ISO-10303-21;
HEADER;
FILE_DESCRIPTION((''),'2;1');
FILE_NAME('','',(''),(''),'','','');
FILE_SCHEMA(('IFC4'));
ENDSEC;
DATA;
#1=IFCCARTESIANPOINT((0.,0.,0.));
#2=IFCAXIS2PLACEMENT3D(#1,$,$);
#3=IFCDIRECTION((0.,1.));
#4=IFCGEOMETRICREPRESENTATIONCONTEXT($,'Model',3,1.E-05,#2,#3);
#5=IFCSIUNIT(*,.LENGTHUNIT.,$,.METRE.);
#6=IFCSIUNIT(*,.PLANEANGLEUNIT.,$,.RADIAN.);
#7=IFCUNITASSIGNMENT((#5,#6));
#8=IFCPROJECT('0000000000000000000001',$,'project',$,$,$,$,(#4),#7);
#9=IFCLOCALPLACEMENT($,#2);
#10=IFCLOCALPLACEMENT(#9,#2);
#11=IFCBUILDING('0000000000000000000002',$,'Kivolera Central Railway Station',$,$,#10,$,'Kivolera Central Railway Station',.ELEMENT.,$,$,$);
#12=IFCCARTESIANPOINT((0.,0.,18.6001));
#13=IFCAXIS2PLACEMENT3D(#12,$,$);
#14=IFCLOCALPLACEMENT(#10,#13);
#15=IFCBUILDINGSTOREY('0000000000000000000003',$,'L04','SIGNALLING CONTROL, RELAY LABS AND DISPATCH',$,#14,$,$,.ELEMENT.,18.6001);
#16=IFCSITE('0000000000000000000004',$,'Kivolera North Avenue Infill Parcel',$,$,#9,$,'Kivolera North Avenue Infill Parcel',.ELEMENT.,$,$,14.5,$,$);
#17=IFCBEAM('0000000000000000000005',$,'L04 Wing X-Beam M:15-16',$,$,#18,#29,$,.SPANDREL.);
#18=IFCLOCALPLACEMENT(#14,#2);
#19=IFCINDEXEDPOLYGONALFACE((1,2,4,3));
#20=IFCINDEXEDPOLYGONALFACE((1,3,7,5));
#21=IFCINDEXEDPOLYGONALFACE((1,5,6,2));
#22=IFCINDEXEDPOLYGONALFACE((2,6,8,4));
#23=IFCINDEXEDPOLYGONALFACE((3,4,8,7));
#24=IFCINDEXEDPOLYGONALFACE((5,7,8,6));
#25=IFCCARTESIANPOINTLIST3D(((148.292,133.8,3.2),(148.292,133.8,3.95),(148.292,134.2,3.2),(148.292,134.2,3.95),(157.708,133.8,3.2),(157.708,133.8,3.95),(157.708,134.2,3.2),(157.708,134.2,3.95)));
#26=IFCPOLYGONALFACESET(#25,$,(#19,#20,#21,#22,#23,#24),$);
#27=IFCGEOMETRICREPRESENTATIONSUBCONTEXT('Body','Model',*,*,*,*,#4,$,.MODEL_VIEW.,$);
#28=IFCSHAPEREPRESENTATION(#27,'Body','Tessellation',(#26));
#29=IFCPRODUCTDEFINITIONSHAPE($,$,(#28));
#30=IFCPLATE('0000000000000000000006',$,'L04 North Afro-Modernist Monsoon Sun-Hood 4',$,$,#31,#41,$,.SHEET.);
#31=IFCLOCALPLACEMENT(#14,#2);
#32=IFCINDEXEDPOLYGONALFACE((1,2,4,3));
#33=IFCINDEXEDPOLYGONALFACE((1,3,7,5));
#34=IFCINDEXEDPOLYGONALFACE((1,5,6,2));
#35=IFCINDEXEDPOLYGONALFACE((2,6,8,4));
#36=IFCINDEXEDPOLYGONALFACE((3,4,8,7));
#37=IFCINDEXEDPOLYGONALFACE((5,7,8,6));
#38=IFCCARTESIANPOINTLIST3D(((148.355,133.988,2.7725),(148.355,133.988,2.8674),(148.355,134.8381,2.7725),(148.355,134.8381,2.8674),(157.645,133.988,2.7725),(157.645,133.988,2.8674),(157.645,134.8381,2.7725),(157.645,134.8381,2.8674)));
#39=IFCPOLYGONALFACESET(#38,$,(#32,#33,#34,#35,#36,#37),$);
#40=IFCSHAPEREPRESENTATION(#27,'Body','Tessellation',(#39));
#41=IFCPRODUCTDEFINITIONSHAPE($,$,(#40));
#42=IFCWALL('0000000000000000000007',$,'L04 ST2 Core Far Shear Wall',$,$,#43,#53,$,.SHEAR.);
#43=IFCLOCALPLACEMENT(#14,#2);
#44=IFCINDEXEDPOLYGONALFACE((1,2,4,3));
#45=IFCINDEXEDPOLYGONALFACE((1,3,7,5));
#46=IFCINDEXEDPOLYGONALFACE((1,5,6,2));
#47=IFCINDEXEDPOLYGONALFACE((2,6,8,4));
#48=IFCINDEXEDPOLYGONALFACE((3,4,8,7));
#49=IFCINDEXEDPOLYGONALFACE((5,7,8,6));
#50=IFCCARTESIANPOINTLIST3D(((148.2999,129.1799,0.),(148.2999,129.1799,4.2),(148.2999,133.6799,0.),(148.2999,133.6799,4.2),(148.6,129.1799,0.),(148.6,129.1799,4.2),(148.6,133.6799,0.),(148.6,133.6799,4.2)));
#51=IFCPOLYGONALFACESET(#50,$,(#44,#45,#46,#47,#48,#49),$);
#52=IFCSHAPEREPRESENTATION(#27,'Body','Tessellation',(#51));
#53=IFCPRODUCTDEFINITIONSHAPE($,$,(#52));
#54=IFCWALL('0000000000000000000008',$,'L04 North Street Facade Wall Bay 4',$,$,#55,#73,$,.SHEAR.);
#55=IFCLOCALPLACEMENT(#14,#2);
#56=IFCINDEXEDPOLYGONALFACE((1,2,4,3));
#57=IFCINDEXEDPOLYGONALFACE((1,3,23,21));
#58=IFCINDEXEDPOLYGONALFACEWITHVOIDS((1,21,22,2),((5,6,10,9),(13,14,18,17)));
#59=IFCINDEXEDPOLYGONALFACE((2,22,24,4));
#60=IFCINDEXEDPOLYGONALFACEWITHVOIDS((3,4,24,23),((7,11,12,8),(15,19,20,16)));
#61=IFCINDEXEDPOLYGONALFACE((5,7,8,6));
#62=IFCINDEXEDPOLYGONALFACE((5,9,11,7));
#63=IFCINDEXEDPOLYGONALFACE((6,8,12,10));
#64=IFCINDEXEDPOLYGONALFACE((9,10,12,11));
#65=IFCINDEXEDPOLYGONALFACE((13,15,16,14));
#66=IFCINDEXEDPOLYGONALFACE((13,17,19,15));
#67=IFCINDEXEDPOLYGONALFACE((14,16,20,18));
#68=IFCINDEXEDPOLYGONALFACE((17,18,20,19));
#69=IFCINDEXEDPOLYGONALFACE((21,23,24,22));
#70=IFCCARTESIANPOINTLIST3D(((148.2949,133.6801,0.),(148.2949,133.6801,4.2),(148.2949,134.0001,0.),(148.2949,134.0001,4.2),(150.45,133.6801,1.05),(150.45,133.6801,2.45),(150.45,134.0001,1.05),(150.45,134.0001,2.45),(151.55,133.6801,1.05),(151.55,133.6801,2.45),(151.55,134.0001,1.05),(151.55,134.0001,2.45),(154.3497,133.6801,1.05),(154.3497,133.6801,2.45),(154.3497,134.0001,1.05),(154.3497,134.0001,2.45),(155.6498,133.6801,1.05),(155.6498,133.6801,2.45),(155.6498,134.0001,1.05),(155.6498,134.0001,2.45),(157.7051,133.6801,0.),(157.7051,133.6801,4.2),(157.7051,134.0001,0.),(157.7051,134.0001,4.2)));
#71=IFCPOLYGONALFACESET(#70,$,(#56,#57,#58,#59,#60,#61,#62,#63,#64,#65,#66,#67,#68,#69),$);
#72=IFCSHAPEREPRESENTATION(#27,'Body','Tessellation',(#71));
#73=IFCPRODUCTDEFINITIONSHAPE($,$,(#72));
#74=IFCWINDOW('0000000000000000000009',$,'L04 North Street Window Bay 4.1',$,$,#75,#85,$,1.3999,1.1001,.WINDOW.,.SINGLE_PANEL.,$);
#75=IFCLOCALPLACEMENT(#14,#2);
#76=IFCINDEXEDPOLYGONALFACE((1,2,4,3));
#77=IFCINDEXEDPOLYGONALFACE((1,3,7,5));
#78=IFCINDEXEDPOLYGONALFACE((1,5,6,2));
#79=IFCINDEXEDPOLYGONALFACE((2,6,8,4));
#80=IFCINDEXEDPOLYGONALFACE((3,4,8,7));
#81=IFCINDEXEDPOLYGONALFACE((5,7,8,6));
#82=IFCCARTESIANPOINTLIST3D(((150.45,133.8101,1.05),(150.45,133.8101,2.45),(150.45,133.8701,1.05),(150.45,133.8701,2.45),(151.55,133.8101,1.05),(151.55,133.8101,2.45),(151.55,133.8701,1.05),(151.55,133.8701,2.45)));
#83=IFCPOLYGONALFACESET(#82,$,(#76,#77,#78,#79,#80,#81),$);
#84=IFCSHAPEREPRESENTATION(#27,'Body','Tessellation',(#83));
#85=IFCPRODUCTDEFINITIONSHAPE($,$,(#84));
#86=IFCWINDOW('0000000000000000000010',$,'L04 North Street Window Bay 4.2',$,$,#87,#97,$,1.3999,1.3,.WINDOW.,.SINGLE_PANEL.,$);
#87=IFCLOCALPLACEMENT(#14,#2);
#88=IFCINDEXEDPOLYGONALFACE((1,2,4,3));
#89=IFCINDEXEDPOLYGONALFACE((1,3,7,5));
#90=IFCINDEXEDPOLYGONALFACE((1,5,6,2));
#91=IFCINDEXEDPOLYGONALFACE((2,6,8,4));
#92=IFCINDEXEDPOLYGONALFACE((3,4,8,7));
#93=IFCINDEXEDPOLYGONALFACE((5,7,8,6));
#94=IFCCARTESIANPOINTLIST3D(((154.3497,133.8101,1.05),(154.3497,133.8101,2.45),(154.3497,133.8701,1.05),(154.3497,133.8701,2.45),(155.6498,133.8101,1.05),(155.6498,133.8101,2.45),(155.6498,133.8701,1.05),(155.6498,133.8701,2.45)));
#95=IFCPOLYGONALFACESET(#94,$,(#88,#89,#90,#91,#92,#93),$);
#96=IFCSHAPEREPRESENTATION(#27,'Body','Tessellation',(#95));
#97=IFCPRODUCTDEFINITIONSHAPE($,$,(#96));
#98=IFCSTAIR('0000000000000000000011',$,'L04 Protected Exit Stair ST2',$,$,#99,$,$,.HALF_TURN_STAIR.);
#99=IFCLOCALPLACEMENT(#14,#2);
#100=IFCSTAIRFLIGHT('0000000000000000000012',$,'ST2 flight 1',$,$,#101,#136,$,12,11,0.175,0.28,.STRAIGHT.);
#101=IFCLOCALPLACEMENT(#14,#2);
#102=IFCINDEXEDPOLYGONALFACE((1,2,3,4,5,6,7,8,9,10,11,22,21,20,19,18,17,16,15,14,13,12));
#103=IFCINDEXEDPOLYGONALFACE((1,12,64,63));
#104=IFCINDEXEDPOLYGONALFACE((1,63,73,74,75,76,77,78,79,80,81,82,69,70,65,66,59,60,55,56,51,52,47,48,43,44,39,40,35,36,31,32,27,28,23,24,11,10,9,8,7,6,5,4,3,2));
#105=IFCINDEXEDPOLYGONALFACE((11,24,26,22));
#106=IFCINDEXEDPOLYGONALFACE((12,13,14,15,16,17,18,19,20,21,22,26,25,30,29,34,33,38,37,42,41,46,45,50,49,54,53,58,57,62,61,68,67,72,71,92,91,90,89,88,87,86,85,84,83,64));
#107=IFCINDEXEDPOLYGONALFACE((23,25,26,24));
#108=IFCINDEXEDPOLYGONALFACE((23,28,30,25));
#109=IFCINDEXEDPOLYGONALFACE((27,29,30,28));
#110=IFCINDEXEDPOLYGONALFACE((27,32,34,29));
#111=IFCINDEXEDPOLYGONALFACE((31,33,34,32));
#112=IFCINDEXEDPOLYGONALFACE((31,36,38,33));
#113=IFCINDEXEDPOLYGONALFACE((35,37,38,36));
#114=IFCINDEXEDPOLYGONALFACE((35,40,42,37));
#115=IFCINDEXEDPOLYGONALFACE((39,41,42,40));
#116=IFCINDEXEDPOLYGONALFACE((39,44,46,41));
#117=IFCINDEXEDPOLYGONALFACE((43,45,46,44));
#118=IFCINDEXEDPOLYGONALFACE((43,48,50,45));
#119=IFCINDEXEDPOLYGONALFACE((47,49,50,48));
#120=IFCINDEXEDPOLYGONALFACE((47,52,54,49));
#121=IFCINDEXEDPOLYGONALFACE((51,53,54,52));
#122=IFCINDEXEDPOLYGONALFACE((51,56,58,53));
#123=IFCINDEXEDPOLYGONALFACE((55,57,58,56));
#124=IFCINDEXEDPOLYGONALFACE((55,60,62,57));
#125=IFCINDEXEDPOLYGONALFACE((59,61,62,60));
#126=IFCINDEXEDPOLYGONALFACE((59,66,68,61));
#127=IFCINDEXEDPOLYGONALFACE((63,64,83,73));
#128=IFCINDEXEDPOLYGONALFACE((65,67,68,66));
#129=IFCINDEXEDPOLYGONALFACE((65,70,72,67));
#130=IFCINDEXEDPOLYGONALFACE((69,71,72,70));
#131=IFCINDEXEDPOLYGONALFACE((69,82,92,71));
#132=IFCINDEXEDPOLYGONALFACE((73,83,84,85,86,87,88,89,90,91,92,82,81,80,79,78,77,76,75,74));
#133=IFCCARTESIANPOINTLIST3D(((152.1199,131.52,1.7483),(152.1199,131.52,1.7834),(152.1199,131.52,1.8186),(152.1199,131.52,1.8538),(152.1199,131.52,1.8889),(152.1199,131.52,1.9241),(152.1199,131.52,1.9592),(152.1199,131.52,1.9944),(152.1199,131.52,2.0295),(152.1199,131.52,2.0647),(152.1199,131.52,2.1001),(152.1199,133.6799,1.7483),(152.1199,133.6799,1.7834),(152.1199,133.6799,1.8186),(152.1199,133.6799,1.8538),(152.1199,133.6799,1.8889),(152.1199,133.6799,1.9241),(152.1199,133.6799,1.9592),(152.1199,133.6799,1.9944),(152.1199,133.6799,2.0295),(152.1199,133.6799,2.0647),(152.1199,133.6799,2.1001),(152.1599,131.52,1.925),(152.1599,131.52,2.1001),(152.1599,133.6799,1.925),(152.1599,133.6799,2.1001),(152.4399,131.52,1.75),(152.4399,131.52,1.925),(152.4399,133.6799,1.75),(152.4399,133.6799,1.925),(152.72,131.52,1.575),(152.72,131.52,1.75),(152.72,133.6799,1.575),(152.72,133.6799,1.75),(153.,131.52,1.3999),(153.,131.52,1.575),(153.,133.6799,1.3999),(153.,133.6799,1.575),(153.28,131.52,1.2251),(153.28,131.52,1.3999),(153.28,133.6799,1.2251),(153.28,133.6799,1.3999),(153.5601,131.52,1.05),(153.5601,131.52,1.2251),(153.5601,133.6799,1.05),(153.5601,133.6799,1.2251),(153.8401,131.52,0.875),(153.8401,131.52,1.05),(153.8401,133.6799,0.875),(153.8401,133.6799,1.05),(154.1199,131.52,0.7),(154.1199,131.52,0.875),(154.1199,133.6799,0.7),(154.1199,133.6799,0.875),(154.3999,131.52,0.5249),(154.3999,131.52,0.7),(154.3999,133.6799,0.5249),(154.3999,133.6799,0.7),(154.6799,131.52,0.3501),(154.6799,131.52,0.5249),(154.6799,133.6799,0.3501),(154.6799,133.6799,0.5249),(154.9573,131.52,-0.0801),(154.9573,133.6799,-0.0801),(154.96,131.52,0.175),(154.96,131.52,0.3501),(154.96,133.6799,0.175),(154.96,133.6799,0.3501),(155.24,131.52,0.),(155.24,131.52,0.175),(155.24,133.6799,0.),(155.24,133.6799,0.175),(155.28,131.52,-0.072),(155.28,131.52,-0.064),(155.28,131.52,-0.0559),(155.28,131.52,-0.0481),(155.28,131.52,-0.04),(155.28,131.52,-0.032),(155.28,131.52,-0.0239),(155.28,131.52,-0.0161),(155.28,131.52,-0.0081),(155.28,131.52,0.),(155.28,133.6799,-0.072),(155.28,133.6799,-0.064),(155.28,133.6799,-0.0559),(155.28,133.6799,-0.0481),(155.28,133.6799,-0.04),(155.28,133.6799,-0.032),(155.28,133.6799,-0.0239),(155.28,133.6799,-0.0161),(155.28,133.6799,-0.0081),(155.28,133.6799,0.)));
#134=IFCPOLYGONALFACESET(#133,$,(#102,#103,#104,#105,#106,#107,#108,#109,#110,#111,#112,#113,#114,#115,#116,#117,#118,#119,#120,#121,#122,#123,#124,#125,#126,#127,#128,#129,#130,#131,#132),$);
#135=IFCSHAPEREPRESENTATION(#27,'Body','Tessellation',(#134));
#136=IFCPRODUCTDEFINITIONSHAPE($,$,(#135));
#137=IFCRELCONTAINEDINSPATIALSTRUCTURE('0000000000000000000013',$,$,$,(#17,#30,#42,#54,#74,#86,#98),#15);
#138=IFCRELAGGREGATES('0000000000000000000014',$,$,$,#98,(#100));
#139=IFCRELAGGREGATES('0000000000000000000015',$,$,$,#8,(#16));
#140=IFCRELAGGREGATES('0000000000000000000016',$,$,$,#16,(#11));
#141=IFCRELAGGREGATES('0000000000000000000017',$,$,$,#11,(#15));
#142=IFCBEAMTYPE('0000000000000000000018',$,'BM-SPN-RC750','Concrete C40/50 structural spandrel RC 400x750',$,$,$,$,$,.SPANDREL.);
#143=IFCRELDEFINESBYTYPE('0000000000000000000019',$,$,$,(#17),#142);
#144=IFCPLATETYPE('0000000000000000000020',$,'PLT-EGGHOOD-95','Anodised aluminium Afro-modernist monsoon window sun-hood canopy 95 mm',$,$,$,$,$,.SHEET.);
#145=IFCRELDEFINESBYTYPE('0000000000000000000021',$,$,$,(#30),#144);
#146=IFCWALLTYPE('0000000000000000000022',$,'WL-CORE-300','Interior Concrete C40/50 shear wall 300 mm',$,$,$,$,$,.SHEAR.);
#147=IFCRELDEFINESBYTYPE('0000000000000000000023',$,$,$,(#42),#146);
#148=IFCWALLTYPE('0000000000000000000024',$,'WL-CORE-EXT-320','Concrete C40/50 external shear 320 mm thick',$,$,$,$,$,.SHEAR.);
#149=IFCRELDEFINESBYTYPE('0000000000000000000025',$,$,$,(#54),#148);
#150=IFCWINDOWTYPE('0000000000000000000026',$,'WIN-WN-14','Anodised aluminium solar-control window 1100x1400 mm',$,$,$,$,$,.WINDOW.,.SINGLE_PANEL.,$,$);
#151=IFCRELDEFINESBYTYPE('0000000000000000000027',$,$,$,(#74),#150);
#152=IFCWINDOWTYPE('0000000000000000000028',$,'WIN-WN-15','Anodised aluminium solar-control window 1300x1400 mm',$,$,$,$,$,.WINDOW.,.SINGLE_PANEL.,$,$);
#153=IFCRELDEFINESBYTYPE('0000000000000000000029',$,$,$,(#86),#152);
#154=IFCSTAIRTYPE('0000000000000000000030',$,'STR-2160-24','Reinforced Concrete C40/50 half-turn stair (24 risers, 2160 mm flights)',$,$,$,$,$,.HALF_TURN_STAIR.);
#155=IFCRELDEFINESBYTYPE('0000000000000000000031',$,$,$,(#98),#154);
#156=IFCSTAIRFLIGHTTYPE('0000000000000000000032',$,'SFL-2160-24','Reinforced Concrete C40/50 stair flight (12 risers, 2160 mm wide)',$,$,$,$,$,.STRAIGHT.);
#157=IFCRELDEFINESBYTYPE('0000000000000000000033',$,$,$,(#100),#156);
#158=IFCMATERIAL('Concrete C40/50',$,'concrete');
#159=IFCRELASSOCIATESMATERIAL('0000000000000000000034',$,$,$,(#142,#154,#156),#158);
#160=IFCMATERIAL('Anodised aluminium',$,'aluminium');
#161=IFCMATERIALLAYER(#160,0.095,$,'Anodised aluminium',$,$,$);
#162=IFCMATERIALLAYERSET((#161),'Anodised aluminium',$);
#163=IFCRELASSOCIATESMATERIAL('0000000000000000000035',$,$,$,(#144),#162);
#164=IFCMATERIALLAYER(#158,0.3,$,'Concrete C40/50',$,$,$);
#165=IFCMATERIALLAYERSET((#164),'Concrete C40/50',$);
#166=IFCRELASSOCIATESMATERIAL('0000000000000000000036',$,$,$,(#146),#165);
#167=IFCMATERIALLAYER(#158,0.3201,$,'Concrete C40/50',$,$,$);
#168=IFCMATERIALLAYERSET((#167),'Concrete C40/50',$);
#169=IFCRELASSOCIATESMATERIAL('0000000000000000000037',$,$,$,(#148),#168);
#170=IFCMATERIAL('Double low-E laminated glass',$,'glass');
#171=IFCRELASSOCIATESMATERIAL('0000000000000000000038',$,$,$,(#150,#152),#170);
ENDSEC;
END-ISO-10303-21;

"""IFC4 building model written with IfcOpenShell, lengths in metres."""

from ifc_helpers import new_model, si_unit, direction, frame, frame_2d, origin, origin_2d, place, context, subcontext, project, spatial, polyline, rectangle, outline, extrude, material, layer, layer_set, material_profile, profile_set, type_object, element, fill, aggregate, save


model = new_model("IFC4")

# Units and contexts
model_context = context("Model", 3, precision=1e-05, world=origin(), true_north=direction((0.0, 1.0)))
body_context = subcontext(model_context, "Body", "Model", "MODEL_VIEW")
ifc_project = project(units=[si_unit("LENGTHUNIT", "METRE"), si_unit("PLANEANGLEUNIT", "RADIAN")], contexts=[model_context])

# Site, building, storey
site_placement = place(None, origin())
site = spatial("IfcSite", under=ifc_project, at=site_placement, Name="Kivolera North Avenue Infill Parcel", LongName="Kivolera North Avenue Infill Parcel", CompositionType="ELEMENT", RefElevation=14.5)
building_placement = place(site_placement, origin())
building = spatial("IfcBuilding", under=site, at=building_placement, Name="Kivolera Central Railway Station", LongName="Kivolera Central Railway Station", CompositionType="ELEMENT")
storey_placement = place(building_placement, frame((0.0, 0.0, 18.6001)))
storey = spatial("IfcBuildingStorey", under=building, at=storey_placement, Name="L04", Description="SIGNALLING CONTROL, RELAY LABS AND DISPATCH", CompositionType="ELEMENT", Elevation=18.6001)

# Beam
ifc_material_1 = material(Name="Concrete C40/50", Category="concrete")
ifc_material_profile = material_profile(ifc_material_1, rectangle(XDim=0.3999, YDim=0.75, at=origin_2d()), Name="RC 400x750")
ifc_profile_set = profile_set([ifc_material_profile], Name="Concrete C40/50")
beam_type = type_object("IfcBeamType", Name="BM-SPN-RC750", Description="Concrete C40/50 structural spandrel RC 400x750", PredefinedType="SPANDREL", material=ifc_profile_set)
beam_placement = place(storey_placement, frame((148.292, 134.0, 3.575), z_axis=(1.0, 0.0, 0.0), x_axis=(0.0, 1.0, 0.0)))
element("IfcBeam", 1, at=beam_placement, inside=storey, type_object=beam_type, Name="L04 Wing X-Beam M:15-16", PredefinedType="SPANDREL", context=body_context, shape_type="SweptSolid", body=[
    extrude(rectangle(XDim=0.3999, YDim=0.75, at=origin_2d()), origin(), (0.0, 0.0, 1.0), 9.416),
])

# Plate
ifc_material_2 = material(Name="Anodised aluminium", Category="aluminium")
ifc_layer_1 = layer(ifc_material_2, 0.095, Name="Anodised aluminium")
ifc_layer_set_1 = layer_set([ifc_layer_1], Name="Anodised aluminium")
plate_type = type_object("IfcPlateType", Name="PLT-EGGHOOD-95", Description="Anodised aluminium Afro-modernist monsoon window sun-hood canopy 95 mm", PredefinedType="SHEET", material=ifc_layer_set_1)
plate_placement = place(storey_placement, frame((153.0, 134.4131, 2.7725), z_axis=(0.0, 0.0, 1.0), x_axis=(1.0, 0.0, 0.0)))
element("IfcPlate", 2, at=plate_placement, inside=storey, type_object=plate_type, Name="L04 North Afro-Modernist Monsoon Sun-Hood 4", PredefinedType="SHEET", context=body_context, shape_type="SweptSolid", body=[
    extrude(rectangle(XDim=9.29, YDim=0.8501, at=origin_2d()), origin(), (0.0, 0.0, 1.0), 0.095),
])

# Wall
ifc_layer_2 = layer(ifc_material_1, 0.3, Name="Concrete C40/50")
ifc_layer_set_2 = layer_set([ifc_layer_2], Name="Concrete C40/50")
wall_type_1 = type_object("IfcWallType", Name="WL-CORE-300", Description="Interior Concrete C40/50 shear wall 300 mm", PredefinedType="SHEAR", material=ifc_layer_set_2)
wall_1_placement = place(storey_placement, frame((148.45, 129.1799, 0.0), z_axis=(0.0, 0.0, 1.0), x_axis=(0.0, 1.0, 0.0)))
element("IfcWall", 3, at=wall_1_placement, inside=storey, type_object=wall_type_1, Name="L04 ST2 Core Far Shear Wall", PredefinedType="SHEAR", context=body_context, shape_type="SweptSolid", body=[
    extrude(rectangle(XDim=4.5, YDim=0.3, at=frame_2d((2.25, 0.0))), origin(), (0.0, 0.0, 1.0), 4.2),
])

# Wall, openings, windows
ifc_layer_3 = layer(ifc_material_1, 0.3201, Name="Concrete C40/50")
ifc_layer_set_3 = layer_set([ifc_layer_3], Name="Concrete C40/50")
wall_type_2 = type_object("IfcWallType", Name="WL-CORE-EXT-320", Description="Concrete C40/50 external shear 320 mm thick", PredefinedType="SHEAR", material=ifc_layer_set_3)
wall_2_placement = place(storey_placement, frame((148.2949, 133.8401, 0.0), z_axis=(0.0, 0.0, 1.0), x_axis=(1.0, 0.0, 0.0)))
wall_2 = element("IfcWall", 4, at=wall_2_placement, inside=storey, type_object=wall_type_2, Name="L04 North Street Facade Wall Bay 4", PredefinedType="SHEAR", context=body_context, shape_type="SweptSolid", body=[
    extrude(rectangle(XDim=9.4102, YDim=0.3201, at=frame_2d((4.7051, 0.0))), origin(), (0.0, 0.0, 1.0), 4.2),
])
opening_1_placement = place(wall_2_placement, frame((2.155, 0.0, 1.05)))
opening_1 = element("IfcOpeningElement", 5, at=opening_1_placement, cuts=wall_2, PredefinedType="OPENING", context=body_context, shape_type="SweptSolid", body=[
    extrude(rectangle(XDim=1.1001, YDim=1.3999, at=frame_2d((0.55, 0.7))), frame((0.0, 0.1699, 0.0), z_axis=(0.0, -1.0, 0.0), x_axis=(1.0, 0.0, 0.0)), (0.0, 0.0, 1.0), 0.3401),
])
opening_2_placement = place(wall_2_placement, frame((6.0549, 0.0, 1.05)))
opening_2 = element("IfcOpeningElement", 6, at=opening_2_placement, cuts=wall_2, PredefinedType="OPENING", context=body_context, shape_type="SweptSolid", body=[
    extrude(rectangle(XDim=1.3, YDim=1.3999, at=frame_2d((0.6499, 0.7))), frame((0.0, 0.1699, 0.0), z_axis=(0.0, -1.0, 0.0), x_axis=(1.0, 0.0, 0.0)), (0.0, 0.0, 1.0), 0.3401),
])
ifc_material_3 = material(Name="Double low-E laminated glass", Category="glass")
window_type_1 = type_object("IfcWindowType", Name="WIN-WN-14", Description="Anodised aluminium solar-control window 1100x1400 mm", PartitioningType="SINGLE_PANEL", PredefinedType="WINDOW", material=ifc_material_3)
window_1_placement = place(opening_1_placement, origin())
window_1 = element("IfcWindow", 7, at=window_1_placement, inside=storey, type_object=window_type_1, Name="L04 North Street Window Bay 4.1", OverallHeight=1.3999, OverallWidth=1.1001, PartitioningType="SINGLE_PANEL", PredefinedType="WINDOW", context=body_context, shape_type="SweptSolid", body=[
    extrude(rectangle(XDim=1.1001, YDim=1.3999, at=frame_2d((0.55, 0.7))), frame((0.0, 0.03, 0.0), z_axis=(0.0, -1.0, 0.0), x_axis=(1.0, 0.0, 0.0)), (0.0, 0.0, 1.0), 0.0601),
])
fill(opening_1, window_1)
window_type_2 = type_object("IfcWindowType", Name="WIN-WN-15", Description="Anodised aluminium solar-control window 1300x1400 mm", PartitioningType="SINGLE_PANEL", PredefinedType="WINDOW", material=ifc_material_3)
window_2_placement = place(opening_2_placement, origin())
window_2 = element("IfcWindow", 8, at=window_2_placement, inside=storey, type_object=window_type_2, Name="L04 North Street Window Bay 4.2", OverallHeight=1.3999, OverallWidth=1.3, PartitioningType="SINGLE_PANEL", PredefinedType="WINDOW", context=body_context, shape_type="SweptSolid", body=[
    extrude(rectangle(XDim=1.3, YDim=1.3999, at=frame_2d((0.6499, 0.7))), frame((0.0, 0.03, 0.0), z_axis=(0.0, -1.0, 0.0), x_axis=(1.0, 0.0, 0.0)), (0.0, 0.0, 1.0), 0.0601),
])
fill(opening_2, window_2)

# Stair, stair flight
stair_type = type_object("IfcStairType", Name="STR-2160-24", Description="Reinforced Concrete C40/50 half-turn stair (24 risers, 2160 mm flights)", PredefinedType="HALF_TURN_STAIR", material=ifc_material_1)
stair_placement = place(storey_placement, origin())
stair = element("IfcStair", 9, at=stair_placement, inside=storey, type_object=stair_type, Name="L04 Protected Exit Stair ST2", PredefinedType="HALF_TURN_STAIR")
stair_flight_type = type_object("IfcStairFlightType", Name="SFL-2160-24", Description="Reinforced Concrete C40/50 stair flight (12 risers, 2160 mm wide)", PredefinedType="STRAIGHT", material=ifc_material_1)
stair_flight_1_placement = place(storey_placement, frame((155.24, 132.6001, 0.0), z_axis=(0.0, 0.0, 1.0), x_axis=(-1.0, 0.0, 0.0)))
stair_flight_1 = element("IfcStairFlight", 10, at=stair_flight_1_placement, type_object=stair_flight_type, Name="ST2 flight 1", NumberOfRisers=12, NumberOfTreads=11, PredefinedType="STRAIGHT", RiserHeight=0.175, TreadLength=0.28, context=body_context, shape_type="SweptSolid", body=[
    extrude(outline(polyline([(-0.04, 0.0), (0.0, 0.0), (0.0, 0.175), (0.28, 0.175), (0.28, 0.3501), (0.5601, 0.3501), (0.5601, 0.5249), (0.8401, 0.5249), (0.8401, 0.7), (1.1201, 0.7), (1.1201, 0.875), (1.3999, 0.875), (1.3999, 1.05), (1.6799, 1.05), (1.6799, 1.2251), (1.96, 1.2251), (1.96, 1.3999), (2.24, 1.3999), (2.24, 1.575), (2.52, 1.575), (2.52, 1.75), (2.8, 1.75), (2.8, 1.925), (3.0801, 1.925), (3.0801, 2.1001), (3.1201, 2.1001), (3.1201, 2.0647), (3.1201, 2.0295), (3.1201, 1.9944), (3.1201, 1.9592), (3.1201, 1.9241), (3.1201, 1.8889), (3.1201, 1.8538), (3.1201, 1.8186), (3.1201, 1.7834), (3.1201, 1.7483), (0.2827, -0.0801), (-0.04, -0.072), (-0.04, -0.064), (-0.04, -0.0559), (-0.04, -0.0481), (-0.04, -0.04), (-0.04, -0.032), (-0.04, -0.0239), (-0.04, -0.0161), (-0.04, -0.0081), (-0.04, 0.0)])), frame((0.0, 1.0801, 0.0), z_axis=(0.0, -1.0, 0.0), x_axis=(1.0, 0.0, 0.0)), (0.0, 0.0, 1.0), 2.1599),
])
aggregate(stair, [stair_flight_1])

save(model, "model.ifc")
